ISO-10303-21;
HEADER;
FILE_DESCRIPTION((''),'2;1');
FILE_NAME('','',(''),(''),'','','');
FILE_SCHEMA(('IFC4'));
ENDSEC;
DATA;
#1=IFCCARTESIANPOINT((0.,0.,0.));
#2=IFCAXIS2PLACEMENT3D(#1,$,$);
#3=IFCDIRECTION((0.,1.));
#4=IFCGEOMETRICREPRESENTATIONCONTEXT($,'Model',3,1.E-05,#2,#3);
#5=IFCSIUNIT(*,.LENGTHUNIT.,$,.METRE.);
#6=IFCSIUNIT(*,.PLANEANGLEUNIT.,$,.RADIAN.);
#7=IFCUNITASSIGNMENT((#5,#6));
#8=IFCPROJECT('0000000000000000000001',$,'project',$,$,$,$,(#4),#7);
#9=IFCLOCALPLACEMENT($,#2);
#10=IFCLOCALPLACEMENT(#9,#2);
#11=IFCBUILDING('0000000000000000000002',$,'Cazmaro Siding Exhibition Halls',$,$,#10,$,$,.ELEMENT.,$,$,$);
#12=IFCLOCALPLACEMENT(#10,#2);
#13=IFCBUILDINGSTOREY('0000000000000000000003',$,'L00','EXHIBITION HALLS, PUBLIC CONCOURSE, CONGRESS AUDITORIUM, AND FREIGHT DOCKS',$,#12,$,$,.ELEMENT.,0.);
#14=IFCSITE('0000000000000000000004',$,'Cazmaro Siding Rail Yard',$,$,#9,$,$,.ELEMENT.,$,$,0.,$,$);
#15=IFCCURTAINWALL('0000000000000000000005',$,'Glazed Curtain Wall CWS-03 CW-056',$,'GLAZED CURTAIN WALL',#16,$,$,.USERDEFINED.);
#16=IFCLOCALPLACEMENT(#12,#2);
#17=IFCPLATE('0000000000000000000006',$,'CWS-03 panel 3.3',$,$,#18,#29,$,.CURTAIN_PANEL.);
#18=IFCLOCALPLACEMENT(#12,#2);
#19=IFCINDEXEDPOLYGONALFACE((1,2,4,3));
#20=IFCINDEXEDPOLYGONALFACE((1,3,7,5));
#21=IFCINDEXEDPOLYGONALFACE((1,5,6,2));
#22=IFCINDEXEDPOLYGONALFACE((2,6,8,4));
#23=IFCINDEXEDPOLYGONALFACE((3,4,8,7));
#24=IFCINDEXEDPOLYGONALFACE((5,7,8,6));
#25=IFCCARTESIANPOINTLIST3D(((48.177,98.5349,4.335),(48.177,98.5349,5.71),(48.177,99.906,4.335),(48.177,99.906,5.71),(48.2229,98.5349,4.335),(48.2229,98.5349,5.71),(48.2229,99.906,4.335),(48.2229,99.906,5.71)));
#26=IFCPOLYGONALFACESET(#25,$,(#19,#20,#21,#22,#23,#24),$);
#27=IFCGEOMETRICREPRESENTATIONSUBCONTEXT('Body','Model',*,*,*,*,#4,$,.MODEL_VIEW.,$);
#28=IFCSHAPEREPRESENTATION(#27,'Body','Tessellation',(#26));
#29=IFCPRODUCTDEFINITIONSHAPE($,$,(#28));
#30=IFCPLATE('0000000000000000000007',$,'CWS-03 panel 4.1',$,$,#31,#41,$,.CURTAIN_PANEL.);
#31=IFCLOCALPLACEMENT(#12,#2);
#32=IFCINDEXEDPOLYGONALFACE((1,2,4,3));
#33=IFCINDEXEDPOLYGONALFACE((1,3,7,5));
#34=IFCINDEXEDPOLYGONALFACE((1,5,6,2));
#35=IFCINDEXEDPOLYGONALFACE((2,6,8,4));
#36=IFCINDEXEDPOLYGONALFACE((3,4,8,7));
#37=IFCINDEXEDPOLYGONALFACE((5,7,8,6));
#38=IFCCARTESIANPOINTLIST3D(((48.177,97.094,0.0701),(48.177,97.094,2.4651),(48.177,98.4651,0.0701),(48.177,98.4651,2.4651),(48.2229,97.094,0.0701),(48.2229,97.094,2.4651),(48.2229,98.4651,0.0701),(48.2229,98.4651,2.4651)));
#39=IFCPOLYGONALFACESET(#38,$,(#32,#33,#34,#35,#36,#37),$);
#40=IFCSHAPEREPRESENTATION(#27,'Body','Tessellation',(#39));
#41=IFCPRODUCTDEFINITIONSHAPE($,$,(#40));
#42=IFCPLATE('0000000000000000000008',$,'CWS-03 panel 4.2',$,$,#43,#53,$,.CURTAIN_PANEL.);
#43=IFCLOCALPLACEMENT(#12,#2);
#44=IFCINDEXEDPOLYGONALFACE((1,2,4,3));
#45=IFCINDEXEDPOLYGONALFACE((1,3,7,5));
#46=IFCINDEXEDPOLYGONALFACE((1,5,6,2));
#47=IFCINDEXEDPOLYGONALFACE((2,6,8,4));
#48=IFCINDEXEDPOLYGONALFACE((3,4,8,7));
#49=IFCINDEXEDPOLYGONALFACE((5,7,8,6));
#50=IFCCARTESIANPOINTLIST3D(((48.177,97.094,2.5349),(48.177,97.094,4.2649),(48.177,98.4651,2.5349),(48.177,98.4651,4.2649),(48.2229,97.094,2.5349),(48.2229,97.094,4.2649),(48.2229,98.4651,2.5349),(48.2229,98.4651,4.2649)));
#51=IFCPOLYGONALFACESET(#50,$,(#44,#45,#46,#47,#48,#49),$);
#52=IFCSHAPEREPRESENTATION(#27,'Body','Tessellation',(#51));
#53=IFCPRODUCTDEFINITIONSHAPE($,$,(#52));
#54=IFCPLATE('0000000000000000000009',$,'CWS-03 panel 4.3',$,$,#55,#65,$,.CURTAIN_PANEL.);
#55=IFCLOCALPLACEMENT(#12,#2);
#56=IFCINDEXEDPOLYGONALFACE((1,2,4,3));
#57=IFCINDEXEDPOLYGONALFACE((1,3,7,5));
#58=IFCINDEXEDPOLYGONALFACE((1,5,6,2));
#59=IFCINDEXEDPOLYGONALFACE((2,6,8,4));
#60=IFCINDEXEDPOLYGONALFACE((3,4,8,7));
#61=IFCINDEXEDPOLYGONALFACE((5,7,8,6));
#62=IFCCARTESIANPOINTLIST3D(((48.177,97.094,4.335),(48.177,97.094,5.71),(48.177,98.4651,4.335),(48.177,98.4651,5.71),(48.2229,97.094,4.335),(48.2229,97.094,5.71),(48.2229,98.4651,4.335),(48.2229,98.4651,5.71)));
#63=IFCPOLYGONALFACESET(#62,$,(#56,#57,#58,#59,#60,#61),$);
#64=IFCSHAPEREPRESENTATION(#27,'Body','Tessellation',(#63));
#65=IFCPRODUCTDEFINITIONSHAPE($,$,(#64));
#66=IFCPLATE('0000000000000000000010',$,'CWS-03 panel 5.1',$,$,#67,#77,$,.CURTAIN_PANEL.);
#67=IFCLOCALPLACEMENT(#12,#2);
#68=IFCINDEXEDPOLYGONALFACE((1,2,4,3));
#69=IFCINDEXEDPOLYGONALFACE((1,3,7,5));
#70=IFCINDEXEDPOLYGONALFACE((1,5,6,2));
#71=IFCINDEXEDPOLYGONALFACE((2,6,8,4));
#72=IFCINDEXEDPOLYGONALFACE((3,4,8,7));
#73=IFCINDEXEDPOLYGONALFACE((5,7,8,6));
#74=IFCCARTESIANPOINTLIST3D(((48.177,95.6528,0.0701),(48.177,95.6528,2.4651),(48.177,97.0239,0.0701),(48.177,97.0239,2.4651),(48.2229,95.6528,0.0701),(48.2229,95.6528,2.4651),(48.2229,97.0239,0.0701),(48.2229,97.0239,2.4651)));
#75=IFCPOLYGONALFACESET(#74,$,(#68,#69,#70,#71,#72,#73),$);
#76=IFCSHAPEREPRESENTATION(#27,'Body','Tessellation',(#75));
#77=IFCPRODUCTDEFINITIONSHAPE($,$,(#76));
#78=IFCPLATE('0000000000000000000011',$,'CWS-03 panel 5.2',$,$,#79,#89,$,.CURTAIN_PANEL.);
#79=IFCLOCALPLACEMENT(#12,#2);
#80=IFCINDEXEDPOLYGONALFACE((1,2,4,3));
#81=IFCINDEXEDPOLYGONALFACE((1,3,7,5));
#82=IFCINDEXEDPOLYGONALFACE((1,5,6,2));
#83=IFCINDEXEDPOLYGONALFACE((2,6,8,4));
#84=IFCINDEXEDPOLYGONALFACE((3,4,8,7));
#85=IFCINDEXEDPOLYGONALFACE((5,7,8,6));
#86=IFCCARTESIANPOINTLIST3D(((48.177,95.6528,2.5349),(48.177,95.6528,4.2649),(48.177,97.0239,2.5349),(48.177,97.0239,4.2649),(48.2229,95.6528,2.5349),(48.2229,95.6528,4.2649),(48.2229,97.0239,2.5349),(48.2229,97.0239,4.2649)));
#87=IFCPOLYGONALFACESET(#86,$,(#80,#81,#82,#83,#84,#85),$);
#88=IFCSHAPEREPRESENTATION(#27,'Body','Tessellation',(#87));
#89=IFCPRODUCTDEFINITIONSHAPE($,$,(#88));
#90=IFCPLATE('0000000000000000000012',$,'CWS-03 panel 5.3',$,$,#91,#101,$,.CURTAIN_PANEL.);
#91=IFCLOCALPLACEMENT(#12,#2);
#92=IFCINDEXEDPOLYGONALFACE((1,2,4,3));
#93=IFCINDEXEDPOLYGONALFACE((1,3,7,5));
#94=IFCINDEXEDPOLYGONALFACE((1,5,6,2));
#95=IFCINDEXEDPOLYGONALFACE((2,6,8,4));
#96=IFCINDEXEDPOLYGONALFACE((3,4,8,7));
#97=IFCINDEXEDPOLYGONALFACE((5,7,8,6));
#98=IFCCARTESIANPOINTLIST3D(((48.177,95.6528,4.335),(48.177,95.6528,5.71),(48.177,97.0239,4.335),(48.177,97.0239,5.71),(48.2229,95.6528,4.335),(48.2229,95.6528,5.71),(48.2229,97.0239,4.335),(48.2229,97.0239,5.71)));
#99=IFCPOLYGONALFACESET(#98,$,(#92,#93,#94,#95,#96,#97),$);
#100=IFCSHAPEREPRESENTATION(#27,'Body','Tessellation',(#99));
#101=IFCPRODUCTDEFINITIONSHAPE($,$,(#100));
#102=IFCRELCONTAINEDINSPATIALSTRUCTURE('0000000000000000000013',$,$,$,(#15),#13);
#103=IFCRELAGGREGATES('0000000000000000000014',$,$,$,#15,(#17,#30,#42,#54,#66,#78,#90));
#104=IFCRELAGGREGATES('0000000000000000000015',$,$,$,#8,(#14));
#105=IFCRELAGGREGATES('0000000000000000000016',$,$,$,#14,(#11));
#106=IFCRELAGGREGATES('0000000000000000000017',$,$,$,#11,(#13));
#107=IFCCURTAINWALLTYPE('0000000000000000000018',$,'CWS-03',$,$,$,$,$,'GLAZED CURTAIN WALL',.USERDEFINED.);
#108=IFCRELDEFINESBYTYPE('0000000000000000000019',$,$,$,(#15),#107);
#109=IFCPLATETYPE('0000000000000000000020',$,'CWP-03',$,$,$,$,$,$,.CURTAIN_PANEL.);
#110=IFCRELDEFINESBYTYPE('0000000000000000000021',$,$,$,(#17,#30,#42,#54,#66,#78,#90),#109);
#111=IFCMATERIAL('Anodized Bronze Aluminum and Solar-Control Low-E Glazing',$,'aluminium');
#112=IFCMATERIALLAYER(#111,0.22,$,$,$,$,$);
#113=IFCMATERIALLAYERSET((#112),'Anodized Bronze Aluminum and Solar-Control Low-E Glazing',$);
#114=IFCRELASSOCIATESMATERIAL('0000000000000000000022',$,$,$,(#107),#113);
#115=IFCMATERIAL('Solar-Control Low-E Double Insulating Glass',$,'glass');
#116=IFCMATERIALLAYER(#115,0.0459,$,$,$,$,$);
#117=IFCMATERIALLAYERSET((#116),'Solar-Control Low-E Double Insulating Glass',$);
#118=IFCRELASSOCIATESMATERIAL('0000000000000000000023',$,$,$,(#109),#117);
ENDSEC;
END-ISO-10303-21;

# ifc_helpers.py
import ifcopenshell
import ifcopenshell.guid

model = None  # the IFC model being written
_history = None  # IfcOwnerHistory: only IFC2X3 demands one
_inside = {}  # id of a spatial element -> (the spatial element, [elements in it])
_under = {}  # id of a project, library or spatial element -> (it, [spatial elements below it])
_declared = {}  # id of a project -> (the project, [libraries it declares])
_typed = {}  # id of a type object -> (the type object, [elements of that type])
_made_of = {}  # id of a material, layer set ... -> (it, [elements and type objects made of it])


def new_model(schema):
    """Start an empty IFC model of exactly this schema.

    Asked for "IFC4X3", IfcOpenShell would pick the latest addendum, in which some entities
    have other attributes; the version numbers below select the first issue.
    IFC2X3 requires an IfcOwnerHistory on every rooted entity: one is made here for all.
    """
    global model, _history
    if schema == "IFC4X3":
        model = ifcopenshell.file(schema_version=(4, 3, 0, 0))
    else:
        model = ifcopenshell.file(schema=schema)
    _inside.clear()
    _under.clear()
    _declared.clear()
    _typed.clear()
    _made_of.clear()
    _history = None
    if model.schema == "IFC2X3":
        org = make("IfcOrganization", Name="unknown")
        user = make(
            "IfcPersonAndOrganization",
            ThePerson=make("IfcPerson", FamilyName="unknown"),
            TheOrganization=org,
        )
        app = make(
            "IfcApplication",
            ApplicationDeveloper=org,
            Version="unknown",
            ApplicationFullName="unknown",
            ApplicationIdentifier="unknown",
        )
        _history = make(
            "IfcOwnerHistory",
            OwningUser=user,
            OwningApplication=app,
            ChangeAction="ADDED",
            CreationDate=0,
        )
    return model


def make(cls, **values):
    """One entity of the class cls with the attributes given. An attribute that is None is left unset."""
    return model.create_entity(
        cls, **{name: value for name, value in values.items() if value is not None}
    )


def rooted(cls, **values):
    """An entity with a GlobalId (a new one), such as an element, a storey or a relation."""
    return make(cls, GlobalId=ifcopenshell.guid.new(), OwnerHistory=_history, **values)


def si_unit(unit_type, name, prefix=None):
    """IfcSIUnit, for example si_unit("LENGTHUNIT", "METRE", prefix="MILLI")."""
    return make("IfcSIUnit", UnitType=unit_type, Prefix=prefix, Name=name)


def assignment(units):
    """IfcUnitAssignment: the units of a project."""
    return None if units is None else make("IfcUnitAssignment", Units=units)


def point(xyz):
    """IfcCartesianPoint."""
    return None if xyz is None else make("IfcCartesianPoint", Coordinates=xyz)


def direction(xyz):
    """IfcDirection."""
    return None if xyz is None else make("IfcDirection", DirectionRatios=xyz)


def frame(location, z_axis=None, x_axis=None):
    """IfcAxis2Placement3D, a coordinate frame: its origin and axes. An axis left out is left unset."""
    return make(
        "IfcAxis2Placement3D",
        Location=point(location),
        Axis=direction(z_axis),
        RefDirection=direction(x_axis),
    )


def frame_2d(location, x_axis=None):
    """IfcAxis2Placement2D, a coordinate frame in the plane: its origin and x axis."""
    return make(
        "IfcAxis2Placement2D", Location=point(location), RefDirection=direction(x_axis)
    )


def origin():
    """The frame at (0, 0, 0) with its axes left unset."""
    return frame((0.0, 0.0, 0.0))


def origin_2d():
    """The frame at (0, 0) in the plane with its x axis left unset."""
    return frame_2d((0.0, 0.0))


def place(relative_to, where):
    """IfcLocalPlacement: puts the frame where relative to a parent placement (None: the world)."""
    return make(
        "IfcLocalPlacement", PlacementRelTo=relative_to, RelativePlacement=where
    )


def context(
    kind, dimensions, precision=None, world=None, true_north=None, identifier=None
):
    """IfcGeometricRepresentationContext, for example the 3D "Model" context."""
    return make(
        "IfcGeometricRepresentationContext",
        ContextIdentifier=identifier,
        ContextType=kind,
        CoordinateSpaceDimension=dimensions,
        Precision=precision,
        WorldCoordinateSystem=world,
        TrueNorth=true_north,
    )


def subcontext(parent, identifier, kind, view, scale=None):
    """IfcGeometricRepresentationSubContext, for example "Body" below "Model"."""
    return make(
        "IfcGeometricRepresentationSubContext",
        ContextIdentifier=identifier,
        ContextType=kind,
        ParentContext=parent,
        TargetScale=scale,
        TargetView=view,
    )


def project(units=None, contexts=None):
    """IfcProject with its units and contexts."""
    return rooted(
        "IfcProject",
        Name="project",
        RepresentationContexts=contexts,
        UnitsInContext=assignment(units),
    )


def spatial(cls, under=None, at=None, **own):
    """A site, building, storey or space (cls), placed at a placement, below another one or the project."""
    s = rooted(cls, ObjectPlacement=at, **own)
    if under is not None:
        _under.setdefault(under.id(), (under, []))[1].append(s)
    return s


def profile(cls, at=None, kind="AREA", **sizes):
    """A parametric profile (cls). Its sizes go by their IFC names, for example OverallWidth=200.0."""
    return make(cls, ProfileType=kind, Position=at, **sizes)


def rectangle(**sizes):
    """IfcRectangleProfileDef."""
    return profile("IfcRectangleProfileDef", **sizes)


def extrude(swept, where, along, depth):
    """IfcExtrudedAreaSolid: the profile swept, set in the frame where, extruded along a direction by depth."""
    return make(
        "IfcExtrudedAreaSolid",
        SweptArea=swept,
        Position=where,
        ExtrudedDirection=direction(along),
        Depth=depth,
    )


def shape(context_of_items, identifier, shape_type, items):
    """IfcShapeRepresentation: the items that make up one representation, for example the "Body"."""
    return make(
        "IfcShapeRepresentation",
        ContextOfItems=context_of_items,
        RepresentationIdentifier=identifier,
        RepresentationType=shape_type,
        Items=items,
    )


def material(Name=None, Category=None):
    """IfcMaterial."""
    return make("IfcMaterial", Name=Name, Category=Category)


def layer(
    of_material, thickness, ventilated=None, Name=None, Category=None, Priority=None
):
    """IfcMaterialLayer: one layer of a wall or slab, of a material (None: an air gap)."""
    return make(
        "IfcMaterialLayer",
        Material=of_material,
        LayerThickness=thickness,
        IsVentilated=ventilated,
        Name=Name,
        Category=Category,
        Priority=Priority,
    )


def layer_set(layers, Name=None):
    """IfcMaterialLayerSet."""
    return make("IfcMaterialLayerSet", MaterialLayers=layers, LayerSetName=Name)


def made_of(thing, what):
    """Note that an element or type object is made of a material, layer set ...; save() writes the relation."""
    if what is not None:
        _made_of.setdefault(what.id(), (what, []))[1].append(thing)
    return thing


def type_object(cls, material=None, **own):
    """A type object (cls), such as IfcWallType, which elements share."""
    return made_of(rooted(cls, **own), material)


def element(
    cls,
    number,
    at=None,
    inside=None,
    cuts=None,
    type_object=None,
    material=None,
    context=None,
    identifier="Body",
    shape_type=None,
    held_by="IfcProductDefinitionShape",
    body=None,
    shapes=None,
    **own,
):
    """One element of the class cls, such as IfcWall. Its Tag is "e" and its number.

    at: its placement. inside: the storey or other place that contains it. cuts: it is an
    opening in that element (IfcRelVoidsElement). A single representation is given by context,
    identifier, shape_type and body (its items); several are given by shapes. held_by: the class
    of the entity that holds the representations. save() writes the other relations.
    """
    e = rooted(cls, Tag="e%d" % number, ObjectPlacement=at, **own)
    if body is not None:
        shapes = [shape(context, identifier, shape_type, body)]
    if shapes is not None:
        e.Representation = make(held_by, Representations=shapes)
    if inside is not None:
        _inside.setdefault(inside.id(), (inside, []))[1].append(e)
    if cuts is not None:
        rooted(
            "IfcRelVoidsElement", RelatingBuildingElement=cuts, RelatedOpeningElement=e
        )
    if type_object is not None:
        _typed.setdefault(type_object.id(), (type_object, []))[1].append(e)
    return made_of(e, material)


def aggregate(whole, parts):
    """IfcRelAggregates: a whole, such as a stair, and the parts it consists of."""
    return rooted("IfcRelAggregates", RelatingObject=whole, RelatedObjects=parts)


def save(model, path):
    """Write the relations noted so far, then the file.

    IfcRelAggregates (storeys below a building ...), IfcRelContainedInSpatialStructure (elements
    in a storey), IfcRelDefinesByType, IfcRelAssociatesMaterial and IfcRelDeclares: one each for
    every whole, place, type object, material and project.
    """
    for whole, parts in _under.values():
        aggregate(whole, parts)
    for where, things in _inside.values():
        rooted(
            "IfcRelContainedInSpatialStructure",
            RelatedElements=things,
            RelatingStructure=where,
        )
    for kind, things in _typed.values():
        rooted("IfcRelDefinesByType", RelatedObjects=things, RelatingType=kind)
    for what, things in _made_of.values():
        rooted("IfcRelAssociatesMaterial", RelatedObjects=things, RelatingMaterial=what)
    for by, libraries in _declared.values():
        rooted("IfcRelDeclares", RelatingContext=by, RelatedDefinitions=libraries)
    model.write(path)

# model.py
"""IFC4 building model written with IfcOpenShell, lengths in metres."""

from ifc_helpers import new_model, si_unit, direction, frame, origin, origin_2d, place, context, subcontext, project, spatial, rectangle, extrude, material, layer, layer_set, type_object, element, aggregate, save


model = new_model("IFC4")

# Units and contexts
model_context = context("Model", 3, precision=1e-05, world=origin(), true_north=direction((0.0, 1.0)))
body_context = subcontext(model_context, "Body", "Model", "MODEL_VIEW")
ifc_project = project(units=[si_unit("LENGTHUNIT", "METRE"), si_unit("PLANEANGLEUNIT", "RADIAN")], contexts=[model_context])

# Site, building, storey
site_placement = place(None, origin())
site = spatial("IfcSite", under=ifc_project, at=site_placement, Name="Cazmaro Siding Rail Yard", CompositionType="ELEMENT", RefElevation=0.0)
building_placement = place(site_placement, origin())
building = spatial("IfcBuilding", under=site, at=building_placement, Name="Cazmaro Siding Exhibition Halls", CompositionType="ELEMENT")
storey_placement = place(building_placement, origin())
storey = spatial("IfcBuildingStorey", under=building, at=storey_placement, Name="L00", Description="EXHIBITION HALLS, PUBLIC CONCOURSE, CONGRESS AUDITORIUM, AND FREIGHT DOCKS", CompositionType="ELEMENT", Elevation=0.0)

# Curtain wall, plates
ifc_material_1 = material(Name="Anodized Bronze Aluminum and Solar-Control Low-E Glazing", Category="aluminium")
ifc_layer_1 = layer(ifc_material_1, 0.22)
ifc_layer_set_1 = layer_set([ifc_layer_1], Name="Anodized Bronze Aluminum and Solar-Control Low-E Glazing")
curtain_wall_type = type_object("IfcCurtainWallType", Name="CWS-03", ElementType="GLAZED CURTAIN WALL", PredefinedType="USERDEFINED", material=ifc_layer_set_1)
curtain_wall_placement = place(storey_placement, origin())
curtain_wall = element("IfcCurtainWall", 1, at=curtain_wall_placement, inside=storey, type_object=curtain_wall_type, Name="Glazed Curtain Wall CWS-03 CW-056", ObjectType="GLAZED CURTAIN WALL", PredefinedType="USERDEFINED")
ifc_material_2 = material(Name="Solar-Control Low-E Double Insulating Glass", Category="glass")
ifc_layer_2 = layer(ifc_material_2, 0.0459)
ifc_layer_set_2 = layer_set([ifc_layer_2], Name="Solar-Control Low-E Double Insulating Glass")
plate_type = type_object("IfcPlateType", Name="CWP-03", PredefinedType="CURTAIN_PANEL", material=ifc_layer_set_2)
plate_1_placement = place(storey_placement, frame((48.2, 99.2205, 4.335), z_axis=(0.0, 0.0, 1.0), x_axis=(0.0, -1.0, 0.0)))
plate_1 = element("IfcPlate", 2, at=plate_1_placement, type_object=plate_type, Name="CWS-03 panel 3.3", PredefinedType="CURTAIN_PANEL", context=body_context, shape_type="SweptSolid", body=[
    extrude(rectangle(XDim=1.3711, YDim=0.0459, at=origin_2d()), origin(), (0.0, 0.0, 1.0), 1.375),
])
plate_2_placement = place(storey_placement, frame((48.2, 97.7795, 0.0701), z_axis=(0.0, 0.0, 1.0), x_axis=(0.0, -1.0, 0.0)))
plate_2 = element("IfcPlate", 3, at=plate_2_placement, type_object=plate_type, Name="CWS-03 panel 4.1", PredefinedType="CURTAIN_PANEL", context=body_context, shape_type="SweptSolid", body=[
    extrude(rectangle(XDim=1.3711, YDim=0.0459, at=origin_2d()), origin(), (0.0, 0.0, 1.0), 2.395),
])
plate_3_placement = place(storey_placement, frame((48.2, 97.7795, 2.5349), z_axis=(0.0, 0.0, 1.0), x_axis=(0.0, -1.0, 0.0)))
plate_3 = element("IfcPlate", 4, at=plate_3_placement, type_object=plate_type, Name="CWS-03 panel 4.2", PredefinedType="CURTAIN_PANEL", context=body_context, shape_type="SweptSolid", body=[
    extrude(rectangle(XDim=1.3711, YDim=0.0459, at=origin_2d()), origin(), (0.0, 0.0, 1.0), 1.73),
])
plate_4_placement = place(storey_placement, frame((48.2, 97.7795, 4.335), z_axis=(0.0, 0.0, 1.0), x_axis=(0.0, -1.0, 0.0)))
plate_4 = element("IfcPlate", 5, at=plate_4_placement, type_object=plate_type, Name="CWS-03 panel 4.3", PredefinedType="CURTAIN_PANEL", context=body_context, shape_type="SweptSolid", body=[
    extrude(rectangle(XDim=1.3711, YDim=0.0459, at=origin_2d()), origin(), (0.0, 0.0, 1.0), 1.375),
])
plate_5_placement = place(storey_placement, frame((48.2, 96.3384, 0.0701), z_axis=(0.0, 0.0, 1.0), x_axis=(0.0, -1.0, 0.0)))
plate_5 = element("IfcPlate", 6, at=plate_5_placement, type_object=plate_type, Name="CWS-03 panel 5.1", PredefinedType="CURTAIN_PANEL", context=body_context, shape_type="SweptSolid", body=[
    extrude(rectangle(XDim=1.3711, YDim=0.0459, at=origin_2d()), origin(), (0.0, 0.0, 1.0), 2.395),
])
plate_6_placement = place(storey_placement, frame((48.2, 96.3384, 2.5349), z_axis=(0.0, 0.0, 1.0), x_axis=(0.0, -1.0, 0.0)))
plate_6 = element("IfcPlate", 7, at=plate_6_placement, type_object=plate_type, Name="CWS-03 panel 5.2", PredefinedType="CURTAIN_PANEL", context=body_context, shape_type="SweptSolid", body=[
    extrude(rectangle(XDim=1.3711, YDim=0.0459, at=origin_2d()), origin(), (0.0, 0.0, 1.0), 1.73),
])
plate_7_placement = place(storey_placement, frame((48.2, 96.3384, 4.335), z_axis=(0.0, 0.0, 1.0), x_axis=(0.0, -1.0, 0.0)))
plate_7 = element("IfcPlate", 8, at=plate_7_placement, type_object=plate_type, Name="CWS-03 panel 5.3", PredefinedType="CURTAIN_PANEL", context=body_context, shape_type="SweptSolid", body=[
    extrude(rectangle(XDim=1.3711, YDim=0.0459, at=origin_2d()), origin(), (0.0, 0.0, 1.0), 1.375),
])
aggregate(curtain_wall, [plate_1, plate_2, plate_3, plate_4, plate_5, plate_6, plate_7])

save(model, "model.ifc")
